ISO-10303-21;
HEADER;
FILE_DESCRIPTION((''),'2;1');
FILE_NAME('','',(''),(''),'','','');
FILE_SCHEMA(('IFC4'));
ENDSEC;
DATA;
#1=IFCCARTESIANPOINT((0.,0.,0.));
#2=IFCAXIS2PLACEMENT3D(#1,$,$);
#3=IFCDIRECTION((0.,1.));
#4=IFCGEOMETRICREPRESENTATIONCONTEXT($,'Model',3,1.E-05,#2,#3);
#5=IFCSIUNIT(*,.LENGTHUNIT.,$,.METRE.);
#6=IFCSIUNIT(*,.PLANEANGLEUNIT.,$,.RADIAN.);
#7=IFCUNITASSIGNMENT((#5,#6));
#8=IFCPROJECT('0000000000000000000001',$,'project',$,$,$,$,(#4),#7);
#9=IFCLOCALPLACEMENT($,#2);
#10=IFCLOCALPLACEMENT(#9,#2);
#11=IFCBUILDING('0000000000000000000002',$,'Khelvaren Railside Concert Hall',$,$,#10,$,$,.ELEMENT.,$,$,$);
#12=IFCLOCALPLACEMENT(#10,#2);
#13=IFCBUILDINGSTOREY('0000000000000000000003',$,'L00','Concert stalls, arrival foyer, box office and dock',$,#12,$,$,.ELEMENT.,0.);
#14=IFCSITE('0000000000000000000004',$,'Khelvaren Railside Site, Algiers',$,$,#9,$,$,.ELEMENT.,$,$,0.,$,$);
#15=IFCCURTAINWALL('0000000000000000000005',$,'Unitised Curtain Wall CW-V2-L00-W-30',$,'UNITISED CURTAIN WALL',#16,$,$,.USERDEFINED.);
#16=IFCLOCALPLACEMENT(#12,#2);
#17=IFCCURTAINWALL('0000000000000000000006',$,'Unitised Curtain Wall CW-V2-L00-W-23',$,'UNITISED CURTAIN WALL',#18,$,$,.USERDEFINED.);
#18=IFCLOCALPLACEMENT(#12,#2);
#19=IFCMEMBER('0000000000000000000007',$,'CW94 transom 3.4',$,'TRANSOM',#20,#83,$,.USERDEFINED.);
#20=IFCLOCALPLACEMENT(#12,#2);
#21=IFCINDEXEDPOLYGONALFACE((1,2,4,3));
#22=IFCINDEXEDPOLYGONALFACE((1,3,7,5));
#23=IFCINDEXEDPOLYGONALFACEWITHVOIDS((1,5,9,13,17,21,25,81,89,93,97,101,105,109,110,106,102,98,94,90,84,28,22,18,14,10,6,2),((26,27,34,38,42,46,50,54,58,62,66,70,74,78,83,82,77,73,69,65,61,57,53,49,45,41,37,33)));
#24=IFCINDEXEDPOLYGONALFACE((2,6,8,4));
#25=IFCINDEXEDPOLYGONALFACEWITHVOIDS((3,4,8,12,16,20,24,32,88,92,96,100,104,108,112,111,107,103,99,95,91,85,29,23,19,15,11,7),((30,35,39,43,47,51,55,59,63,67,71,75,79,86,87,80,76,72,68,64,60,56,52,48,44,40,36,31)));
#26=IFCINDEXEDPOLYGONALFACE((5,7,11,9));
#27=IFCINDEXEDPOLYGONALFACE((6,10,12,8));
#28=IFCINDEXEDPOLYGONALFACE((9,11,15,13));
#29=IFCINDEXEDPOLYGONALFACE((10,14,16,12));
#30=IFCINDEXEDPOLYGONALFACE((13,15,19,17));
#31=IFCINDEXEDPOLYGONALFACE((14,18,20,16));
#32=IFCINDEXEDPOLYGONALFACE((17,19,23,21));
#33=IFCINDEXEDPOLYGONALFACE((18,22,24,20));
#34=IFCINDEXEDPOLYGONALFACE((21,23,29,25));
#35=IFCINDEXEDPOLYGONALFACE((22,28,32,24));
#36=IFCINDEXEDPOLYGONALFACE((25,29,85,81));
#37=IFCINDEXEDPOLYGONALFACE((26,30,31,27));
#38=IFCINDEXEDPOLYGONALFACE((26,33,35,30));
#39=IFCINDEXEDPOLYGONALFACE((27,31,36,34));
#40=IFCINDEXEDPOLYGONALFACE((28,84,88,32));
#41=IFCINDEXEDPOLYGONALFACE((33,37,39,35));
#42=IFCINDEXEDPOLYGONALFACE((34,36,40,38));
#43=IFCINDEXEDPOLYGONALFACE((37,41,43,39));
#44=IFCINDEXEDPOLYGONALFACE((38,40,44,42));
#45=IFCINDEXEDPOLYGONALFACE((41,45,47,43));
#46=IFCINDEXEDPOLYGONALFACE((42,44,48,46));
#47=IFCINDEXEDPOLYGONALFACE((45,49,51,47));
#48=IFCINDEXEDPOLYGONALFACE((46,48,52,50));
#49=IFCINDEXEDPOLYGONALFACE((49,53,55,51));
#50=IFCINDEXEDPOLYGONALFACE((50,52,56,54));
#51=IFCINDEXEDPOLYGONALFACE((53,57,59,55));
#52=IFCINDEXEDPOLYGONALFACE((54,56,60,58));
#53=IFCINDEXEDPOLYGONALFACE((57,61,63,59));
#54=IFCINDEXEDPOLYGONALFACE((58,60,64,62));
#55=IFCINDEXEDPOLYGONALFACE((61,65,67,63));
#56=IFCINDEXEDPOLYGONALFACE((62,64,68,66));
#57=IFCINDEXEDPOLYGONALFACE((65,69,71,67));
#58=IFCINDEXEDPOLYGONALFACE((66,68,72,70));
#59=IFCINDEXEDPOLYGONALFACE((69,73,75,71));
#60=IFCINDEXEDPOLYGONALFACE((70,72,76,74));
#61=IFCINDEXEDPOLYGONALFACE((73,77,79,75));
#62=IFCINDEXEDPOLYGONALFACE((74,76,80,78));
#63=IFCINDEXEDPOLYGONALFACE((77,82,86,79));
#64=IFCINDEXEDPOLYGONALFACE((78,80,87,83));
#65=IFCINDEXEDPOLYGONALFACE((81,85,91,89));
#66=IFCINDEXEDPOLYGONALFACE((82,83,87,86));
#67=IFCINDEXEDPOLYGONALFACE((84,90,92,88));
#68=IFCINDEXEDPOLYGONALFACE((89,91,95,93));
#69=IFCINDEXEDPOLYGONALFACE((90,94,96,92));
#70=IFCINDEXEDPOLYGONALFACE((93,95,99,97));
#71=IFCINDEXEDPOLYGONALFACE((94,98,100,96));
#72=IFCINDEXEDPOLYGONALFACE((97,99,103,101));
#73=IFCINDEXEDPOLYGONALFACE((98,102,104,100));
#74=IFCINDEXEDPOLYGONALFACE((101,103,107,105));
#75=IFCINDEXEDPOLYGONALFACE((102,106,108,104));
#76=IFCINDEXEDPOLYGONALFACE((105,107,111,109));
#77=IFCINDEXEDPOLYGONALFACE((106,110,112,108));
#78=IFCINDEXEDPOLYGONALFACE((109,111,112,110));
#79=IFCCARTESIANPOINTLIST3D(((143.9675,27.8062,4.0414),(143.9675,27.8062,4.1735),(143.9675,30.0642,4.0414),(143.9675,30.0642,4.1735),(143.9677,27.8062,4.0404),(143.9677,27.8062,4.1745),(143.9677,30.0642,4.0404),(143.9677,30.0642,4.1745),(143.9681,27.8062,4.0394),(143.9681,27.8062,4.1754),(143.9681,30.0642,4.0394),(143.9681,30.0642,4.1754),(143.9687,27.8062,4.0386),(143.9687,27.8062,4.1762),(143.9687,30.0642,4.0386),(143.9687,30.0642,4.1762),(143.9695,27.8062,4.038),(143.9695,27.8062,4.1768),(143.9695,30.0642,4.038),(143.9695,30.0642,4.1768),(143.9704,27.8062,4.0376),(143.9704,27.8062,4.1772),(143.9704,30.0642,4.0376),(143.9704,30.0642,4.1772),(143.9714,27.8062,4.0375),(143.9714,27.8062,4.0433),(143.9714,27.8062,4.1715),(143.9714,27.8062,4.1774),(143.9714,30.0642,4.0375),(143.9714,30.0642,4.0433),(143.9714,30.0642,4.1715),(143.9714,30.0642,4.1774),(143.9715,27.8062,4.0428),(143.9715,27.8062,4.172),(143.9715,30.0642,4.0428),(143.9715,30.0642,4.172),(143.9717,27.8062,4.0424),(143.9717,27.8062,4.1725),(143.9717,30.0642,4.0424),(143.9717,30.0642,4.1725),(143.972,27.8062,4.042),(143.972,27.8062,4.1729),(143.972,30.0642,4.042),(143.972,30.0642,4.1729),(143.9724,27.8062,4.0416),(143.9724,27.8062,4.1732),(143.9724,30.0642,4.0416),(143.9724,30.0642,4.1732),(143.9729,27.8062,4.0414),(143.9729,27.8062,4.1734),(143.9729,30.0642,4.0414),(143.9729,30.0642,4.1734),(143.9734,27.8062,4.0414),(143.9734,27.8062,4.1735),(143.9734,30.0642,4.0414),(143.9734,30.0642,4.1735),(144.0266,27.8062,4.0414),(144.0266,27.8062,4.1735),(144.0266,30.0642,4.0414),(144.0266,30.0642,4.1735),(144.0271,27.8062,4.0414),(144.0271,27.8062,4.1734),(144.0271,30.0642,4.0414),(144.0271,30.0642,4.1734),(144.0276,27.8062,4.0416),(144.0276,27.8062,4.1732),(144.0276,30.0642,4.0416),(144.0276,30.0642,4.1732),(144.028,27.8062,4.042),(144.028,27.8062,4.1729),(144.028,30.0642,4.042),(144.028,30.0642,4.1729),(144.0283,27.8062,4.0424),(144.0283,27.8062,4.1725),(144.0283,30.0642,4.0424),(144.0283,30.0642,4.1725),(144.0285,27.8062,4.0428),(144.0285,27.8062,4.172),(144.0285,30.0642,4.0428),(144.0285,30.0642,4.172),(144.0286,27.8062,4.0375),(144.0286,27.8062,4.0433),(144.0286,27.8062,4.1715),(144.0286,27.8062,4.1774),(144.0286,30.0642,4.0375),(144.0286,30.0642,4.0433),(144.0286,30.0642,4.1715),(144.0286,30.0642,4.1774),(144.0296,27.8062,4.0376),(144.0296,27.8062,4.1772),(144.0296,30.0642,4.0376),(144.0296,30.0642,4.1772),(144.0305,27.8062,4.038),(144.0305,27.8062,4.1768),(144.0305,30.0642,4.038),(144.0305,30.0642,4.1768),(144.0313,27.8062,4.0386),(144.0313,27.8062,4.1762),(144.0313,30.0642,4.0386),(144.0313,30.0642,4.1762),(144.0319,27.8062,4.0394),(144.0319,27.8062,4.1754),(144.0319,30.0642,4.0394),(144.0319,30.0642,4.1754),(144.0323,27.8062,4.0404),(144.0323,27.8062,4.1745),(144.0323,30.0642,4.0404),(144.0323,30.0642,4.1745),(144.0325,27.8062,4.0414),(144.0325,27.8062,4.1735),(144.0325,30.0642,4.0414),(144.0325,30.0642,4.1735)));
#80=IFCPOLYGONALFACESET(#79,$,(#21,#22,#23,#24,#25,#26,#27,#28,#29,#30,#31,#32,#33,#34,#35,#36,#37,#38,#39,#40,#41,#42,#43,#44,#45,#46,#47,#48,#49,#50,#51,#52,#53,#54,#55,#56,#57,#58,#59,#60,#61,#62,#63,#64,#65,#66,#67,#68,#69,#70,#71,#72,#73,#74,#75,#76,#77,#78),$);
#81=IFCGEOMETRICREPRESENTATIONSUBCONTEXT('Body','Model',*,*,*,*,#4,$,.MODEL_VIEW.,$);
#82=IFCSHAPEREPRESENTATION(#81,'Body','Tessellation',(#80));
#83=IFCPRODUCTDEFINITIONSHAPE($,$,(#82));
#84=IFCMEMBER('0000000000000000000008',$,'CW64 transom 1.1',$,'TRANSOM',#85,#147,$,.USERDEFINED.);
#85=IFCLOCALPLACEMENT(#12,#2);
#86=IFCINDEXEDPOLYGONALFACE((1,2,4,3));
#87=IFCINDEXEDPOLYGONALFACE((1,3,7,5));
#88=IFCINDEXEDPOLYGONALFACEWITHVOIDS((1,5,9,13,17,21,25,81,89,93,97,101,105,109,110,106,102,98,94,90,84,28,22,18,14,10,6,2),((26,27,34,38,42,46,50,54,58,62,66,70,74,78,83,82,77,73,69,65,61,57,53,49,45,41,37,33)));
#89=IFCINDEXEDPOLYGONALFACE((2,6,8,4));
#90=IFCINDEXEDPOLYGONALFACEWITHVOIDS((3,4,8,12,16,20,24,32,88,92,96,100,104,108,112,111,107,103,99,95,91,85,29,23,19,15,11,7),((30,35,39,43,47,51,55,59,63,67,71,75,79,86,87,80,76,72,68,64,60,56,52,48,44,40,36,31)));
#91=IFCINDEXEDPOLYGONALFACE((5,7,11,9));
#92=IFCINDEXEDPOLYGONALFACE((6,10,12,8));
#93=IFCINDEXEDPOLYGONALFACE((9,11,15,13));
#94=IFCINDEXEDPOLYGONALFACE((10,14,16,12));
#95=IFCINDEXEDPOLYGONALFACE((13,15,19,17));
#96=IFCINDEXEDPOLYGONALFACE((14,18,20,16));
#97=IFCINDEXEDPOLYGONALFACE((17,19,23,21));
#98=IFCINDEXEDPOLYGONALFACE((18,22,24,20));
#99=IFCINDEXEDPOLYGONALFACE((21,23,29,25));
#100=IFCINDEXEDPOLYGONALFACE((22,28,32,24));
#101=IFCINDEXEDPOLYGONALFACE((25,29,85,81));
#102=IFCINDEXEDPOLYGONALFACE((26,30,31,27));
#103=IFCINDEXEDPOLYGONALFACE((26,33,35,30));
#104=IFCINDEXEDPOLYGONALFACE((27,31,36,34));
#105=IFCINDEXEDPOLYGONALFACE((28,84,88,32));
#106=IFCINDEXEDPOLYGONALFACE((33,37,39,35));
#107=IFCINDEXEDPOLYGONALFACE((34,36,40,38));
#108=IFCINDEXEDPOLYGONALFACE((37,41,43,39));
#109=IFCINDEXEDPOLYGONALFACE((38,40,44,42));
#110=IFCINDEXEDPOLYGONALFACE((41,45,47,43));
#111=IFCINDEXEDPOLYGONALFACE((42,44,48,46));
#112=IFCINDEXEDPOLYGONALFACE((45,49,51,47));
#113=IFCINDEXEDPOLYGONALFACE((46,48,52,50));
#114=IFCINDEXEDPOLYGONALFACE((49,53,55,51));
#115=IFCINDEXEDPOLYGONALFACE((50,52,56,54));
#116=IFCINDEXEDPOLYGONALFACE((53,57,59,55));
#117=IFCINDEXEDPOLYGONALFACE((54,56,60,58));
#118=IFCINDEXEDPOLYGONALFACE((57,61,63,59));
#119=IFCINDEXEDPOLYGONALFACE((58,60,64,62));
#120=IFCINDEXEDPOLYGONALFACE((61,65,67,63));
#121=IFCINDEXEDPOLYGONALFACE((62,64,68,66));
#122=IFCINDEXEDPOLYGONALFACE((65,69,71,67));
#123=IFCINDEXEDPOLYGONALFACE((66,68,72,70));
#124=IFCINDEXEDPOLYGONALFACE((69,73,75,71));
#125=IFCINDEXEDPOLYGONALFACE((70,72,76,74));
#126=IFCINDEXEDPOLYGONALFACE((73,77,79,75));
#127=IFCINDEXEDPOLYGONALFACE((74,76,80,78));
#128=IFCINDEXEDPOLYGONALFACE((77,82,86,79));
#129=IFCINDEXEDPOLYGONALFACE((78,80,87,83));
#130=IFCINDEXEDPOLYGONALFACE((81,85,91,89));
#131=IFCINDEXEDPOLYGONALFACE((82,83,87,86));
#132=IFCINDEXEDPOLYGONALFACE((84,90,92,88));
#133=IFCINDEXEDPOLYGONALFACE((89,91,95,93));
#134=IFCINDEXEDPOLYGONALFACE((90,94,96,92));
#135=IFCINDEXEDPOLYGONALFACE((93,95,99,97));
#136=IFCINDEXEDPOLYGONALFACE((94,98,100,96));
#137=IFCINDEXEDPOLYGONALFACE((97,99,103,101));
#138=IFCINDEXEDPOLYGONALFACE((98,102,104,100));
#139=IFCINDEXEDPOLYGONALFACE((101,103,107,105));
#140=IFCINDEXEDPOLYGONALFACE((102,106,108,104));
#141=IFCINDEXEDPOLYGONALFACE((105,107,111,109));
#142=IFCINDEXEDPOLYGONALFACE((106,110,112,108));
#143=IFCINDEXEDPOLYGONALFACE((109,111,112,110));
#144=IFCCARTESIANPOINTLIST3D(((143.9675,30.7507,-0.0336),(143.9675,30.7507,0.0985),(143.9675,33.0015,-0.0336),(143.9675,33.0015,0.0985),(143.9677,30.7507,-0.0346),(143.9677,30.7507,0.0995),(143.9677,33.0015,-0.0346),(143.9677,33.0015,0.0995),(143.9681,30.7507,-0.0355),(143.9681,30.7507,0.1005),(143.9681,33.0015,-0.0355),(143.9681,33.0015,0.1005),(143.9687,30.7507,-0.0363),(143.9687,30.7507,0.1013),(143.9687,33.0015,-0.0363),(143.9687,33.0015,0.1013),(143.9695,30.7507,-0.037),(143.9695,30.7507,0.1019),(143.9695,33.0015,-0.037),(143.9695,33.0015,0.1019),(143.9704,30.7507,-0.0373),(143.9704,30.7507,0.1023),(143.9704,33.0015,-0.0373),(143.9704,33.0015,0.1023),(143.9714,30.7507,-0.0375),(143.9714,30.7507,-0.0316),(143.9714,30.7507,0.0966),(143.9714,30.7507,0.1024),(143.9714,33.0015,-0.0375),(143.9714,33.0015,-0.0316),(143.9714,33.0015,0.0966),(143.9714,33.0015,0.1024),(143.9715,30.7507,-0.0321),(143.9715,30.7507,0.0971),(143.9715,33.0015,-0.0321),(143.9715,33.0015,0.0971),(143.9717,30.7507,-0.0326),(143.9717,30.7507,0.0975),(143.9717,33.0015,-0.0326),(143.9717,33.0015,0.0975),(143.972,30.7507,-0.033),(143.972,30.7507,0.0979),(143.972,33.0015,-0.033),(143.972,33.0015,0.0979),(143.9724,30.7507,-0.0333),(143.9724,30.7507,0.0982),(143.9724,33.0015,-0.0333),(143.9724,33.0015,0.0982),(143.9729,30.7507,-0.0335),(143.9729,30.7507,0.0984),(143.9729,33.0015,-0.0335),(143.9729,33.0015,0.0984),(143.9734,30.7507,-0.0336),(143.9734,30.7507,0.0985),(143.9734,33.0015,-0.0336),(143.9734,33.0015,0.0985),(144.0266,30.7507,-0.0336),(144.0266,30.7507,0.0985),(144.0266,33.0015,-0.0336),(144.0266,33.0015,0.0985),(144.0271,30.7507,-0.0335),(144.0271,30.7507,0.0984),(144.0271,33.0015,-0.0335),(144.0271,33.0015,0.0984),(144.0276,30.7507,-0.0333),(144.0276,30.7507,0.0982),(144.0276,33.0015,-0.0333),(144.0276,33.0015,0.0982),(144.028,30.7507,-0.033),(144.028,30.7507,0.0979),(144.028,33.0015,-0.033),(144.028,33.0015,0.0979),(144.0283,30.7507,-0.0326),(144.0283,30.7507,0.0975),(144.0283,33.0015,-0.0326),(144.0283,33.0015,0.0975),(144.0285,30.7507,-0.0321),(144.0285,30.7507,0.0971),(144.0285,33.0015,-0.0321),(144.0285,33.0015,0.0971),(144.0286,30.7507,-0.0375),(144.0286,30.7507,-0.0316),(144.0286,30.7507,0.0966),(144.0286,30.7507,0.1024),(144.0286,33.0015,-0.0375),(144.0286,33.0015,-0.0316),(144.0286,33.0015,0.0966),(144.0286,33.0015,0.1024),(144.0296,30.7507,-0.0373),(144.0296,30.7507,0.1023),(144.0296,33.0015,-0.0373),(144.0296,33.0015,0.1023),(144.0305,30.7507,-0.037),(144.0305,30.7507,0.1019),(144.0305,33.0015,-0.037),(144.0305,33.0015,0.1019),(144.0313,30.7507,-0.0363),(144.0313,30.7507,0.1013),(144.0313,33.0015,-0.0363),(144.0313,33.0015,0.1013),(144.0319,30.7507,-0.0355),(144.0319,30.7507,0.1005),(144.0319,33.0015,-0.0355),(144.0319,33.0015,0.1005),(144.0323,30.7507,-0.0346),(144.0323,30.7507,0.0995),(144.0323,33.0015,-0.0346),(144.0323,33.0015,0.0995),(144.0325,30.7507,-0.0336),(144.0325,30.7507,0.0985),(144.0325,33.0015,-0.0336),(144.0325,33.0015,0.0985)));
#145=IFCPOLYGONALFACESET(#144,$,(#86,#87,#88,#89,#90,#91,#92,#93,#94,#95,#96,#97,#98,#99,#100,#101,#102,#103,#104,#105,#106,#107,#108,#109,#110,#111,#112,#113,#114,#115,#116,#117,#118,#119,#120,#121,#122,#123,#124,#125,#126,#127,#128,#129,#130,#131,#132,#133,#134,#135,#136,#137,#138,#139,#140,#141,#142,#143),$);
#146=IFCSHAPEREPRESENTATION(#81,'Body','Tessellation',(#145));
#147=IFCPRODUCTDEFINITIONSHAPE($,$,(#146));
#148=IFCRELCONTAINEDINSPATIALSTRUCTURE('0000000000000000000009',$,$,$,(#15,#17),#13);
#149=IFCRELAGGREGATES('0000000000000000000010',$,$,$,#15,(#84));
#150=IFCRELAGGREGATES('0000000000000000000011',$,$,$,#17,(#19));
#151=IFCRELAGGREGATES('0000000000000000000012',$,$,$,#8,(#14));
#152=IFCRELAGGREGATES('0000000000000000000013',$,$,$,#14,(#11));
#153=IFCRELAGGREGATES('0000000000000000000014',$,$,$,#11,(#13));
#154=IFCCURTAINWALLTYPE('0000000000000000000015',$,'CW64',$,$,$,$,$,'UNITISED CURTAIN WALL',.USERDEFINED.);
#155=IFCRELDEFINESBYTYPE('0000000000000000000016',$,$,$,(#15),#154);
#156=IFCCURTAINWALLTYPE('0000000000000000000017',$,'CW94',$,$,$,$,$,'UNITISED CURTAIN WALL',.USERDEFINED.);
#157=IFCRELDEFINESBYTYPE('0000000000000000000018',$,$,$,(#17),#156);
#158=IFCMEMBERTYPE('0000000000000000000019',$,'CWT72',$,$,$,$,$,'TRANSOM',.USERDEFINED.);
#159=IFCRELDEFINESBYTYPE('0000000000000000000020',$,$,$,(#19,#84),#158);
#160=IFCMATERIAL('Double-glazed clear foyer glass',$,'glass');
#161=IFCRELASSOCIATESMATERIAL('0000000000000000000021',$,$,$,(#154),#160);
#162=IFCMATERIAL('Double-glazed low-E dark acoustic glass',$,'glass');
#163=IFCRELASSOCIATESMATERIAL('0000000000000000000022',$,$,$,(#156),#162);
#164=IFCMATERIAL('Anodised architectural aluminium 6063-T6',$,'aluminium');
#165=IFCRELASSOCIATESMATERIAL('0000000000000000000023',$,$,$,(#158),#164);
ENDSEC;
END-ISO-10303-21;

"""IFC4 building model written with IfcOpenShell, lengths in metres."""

from ifc_helpers import new_model, si_unit, direction, frame, origin, origin_2d, place, context, subcontext, project, spatial, hollow_rectangle, extrude, material, material_profile, profile_set, type_object, element, aggregate, save


model = new_model("IFC4")

# Units and contexts
model_context = context("Model", 3, precision=1e-05, world=origin(), true_north=direction((0.0, 1.0)))
body_context = subcontext(model_context, "Body", "Model", "MODEL_VIEW")
ifc_project = project(units=[si_unit("LENGTHUNIT", "METRE"), si_unit("PLANEANGLEUNIT", "RADIAN")], contexts=[model_context])

# Site, building, storey
site_placement = place(None, origin())
site = spatial("IfcSite", under=ifc_project, at=site_placement, Name="Khelvaren Railside Site, Algiers", CompositionType="ELEMENT", RefElevation=0.0)
building_placement = place(site_placement, origin())
building = spatial("IfcBuilding", under=site, at=building_placement, Name="Khelvaren Railside Concert Hall", CompositionType="ELEMENT")
storey_placement = place(building_placement, origin())
storey = spatial("IfcBuildingStorey", under=building, at=storey_placement, Name="L00", Description="Concert stalls, arrival foyer, box office and dock", CompositionType="ELEMENT", Elevation=0.0)

# Curtain walls, member
ifc_material_1 = material(Name="Double-glazed clear foyer glass", Category="glass")
curtain_wall_type_1 = type_object("IfcCurtainWallType", Name="CW64", ElementType="UNITISED CURTAIN WALL", PredefinedType="USERDEFINED", material=ifc_material_1)
curtain_wall_1_placement = place(storey_placement, origin())
curtain_wall_1 = element("IfcCurtainWall", 1, at=curtain_wall_1_placement, inside=storey, type_object=curtain_wall_type_1, Name="Unitised Curtain Wall CW-V2-L00-W-30", ObjectType="UNITISED CURTAIN WALL", PredefinedType="USERDEFINED")
ifc_material_2 = material(Name="Anodised architectural aluminium 6063-T6", Category="aluminium")
ifc_material_3 = material(Name="Double-glazed low-E dark acoustic glass", Category="glass")
curtain_wall_type_2 = type_object("IfcCurtainWallType", Name="CW94", ElementType="UNITISED CURTAIN WALL", PredefinedType="USERDEFINED", material=ifc_material_3)
curtain_wall_2_placement = place(storey_placement, origin())
curtain_wall_2 = element("IfcCurtainWall", 2, at=curtain_wall_2_placement, inside=storey, type_object=curtain_wall_type_2, Name="Unitised Curtain Wall CW-V2-L00-W-23", ObjectType="UNITISED CURTAIN WALL", PredefinedType="USERDEFINED")
ifc_material_profile_1 = material_profile(ifc_material_2, hollow_rectangle(XDim=0.0649, YDim=0.1399, WallThickness=0.0039, InnerFilletRadius=0.002, OuterFilletRadius=0.0039, at=origin_2d()), Name="CWT 65x140x4")
ifc_profile_set_1 = profile_set([ifc_material_profile_1], Name="Anodised architectural aluminium 6063-T6")
member_type_1 = type_object("IfcMemberType", Name="CWT72", ElementType="TRANSOM", PredefinedType="USERDEFINED", material=ifc_profile_set_1)
member_1_placement = place(storey_placement, frame((144.0, 27.8062, 4.1074), z_axis=(0.0, 1.0, 0.0), x_axis=(-1.0, 0.0, 0.0)))
member_1 = element("IfcMember", 3, at=member_1_placement, type_object=member_type_1, Name="CW94 transom 3.4", ObjectType="TRANSOM", PredefinedType="USERDEFINED", context=body_context, shape_type="SweptSolid", body=[
    extrude(hollow_rectangle(XDim=0.0649, YDim=0.1399, WallThickness=0.0039, InnerFilletRadius=0.002, OuterFilletRadius=0.0039, at=origin_2d()), origin(), (0.0, 0.0, 1.0), 2.2581),
])

# Member
member_2_placement = place(storey_placement, frame((144.0, 30.7507, 0.0325), z_axis=(0.0, 1.0, 0.0), x_axis=(-1.0, 0.0, 0.0)))
member_2 = element("IfcMember", 4, at=member_2_placement, type_object=member_type_1, Name="CW64 transom 1.1", ObjectType="TRANSOM", PredefinedType="USERDEFINED", context=body_context, shape_type="SweptSolid", body=[
    extrude(hollow_rectangle(XDim=0.0649, YDim=0.1399, WallThickness=0.0039, InnerFilletRadius=0.002, OuterFilletRadius=0.0039, at=origin_2d()), origin(), (0.0, 0.0, 1.0), 2.2507),
])

aggregate(curtain_wall_1, [member_2])
aggregate(curtain_wall_2, [member_1])

save(model, "model.ifc")
